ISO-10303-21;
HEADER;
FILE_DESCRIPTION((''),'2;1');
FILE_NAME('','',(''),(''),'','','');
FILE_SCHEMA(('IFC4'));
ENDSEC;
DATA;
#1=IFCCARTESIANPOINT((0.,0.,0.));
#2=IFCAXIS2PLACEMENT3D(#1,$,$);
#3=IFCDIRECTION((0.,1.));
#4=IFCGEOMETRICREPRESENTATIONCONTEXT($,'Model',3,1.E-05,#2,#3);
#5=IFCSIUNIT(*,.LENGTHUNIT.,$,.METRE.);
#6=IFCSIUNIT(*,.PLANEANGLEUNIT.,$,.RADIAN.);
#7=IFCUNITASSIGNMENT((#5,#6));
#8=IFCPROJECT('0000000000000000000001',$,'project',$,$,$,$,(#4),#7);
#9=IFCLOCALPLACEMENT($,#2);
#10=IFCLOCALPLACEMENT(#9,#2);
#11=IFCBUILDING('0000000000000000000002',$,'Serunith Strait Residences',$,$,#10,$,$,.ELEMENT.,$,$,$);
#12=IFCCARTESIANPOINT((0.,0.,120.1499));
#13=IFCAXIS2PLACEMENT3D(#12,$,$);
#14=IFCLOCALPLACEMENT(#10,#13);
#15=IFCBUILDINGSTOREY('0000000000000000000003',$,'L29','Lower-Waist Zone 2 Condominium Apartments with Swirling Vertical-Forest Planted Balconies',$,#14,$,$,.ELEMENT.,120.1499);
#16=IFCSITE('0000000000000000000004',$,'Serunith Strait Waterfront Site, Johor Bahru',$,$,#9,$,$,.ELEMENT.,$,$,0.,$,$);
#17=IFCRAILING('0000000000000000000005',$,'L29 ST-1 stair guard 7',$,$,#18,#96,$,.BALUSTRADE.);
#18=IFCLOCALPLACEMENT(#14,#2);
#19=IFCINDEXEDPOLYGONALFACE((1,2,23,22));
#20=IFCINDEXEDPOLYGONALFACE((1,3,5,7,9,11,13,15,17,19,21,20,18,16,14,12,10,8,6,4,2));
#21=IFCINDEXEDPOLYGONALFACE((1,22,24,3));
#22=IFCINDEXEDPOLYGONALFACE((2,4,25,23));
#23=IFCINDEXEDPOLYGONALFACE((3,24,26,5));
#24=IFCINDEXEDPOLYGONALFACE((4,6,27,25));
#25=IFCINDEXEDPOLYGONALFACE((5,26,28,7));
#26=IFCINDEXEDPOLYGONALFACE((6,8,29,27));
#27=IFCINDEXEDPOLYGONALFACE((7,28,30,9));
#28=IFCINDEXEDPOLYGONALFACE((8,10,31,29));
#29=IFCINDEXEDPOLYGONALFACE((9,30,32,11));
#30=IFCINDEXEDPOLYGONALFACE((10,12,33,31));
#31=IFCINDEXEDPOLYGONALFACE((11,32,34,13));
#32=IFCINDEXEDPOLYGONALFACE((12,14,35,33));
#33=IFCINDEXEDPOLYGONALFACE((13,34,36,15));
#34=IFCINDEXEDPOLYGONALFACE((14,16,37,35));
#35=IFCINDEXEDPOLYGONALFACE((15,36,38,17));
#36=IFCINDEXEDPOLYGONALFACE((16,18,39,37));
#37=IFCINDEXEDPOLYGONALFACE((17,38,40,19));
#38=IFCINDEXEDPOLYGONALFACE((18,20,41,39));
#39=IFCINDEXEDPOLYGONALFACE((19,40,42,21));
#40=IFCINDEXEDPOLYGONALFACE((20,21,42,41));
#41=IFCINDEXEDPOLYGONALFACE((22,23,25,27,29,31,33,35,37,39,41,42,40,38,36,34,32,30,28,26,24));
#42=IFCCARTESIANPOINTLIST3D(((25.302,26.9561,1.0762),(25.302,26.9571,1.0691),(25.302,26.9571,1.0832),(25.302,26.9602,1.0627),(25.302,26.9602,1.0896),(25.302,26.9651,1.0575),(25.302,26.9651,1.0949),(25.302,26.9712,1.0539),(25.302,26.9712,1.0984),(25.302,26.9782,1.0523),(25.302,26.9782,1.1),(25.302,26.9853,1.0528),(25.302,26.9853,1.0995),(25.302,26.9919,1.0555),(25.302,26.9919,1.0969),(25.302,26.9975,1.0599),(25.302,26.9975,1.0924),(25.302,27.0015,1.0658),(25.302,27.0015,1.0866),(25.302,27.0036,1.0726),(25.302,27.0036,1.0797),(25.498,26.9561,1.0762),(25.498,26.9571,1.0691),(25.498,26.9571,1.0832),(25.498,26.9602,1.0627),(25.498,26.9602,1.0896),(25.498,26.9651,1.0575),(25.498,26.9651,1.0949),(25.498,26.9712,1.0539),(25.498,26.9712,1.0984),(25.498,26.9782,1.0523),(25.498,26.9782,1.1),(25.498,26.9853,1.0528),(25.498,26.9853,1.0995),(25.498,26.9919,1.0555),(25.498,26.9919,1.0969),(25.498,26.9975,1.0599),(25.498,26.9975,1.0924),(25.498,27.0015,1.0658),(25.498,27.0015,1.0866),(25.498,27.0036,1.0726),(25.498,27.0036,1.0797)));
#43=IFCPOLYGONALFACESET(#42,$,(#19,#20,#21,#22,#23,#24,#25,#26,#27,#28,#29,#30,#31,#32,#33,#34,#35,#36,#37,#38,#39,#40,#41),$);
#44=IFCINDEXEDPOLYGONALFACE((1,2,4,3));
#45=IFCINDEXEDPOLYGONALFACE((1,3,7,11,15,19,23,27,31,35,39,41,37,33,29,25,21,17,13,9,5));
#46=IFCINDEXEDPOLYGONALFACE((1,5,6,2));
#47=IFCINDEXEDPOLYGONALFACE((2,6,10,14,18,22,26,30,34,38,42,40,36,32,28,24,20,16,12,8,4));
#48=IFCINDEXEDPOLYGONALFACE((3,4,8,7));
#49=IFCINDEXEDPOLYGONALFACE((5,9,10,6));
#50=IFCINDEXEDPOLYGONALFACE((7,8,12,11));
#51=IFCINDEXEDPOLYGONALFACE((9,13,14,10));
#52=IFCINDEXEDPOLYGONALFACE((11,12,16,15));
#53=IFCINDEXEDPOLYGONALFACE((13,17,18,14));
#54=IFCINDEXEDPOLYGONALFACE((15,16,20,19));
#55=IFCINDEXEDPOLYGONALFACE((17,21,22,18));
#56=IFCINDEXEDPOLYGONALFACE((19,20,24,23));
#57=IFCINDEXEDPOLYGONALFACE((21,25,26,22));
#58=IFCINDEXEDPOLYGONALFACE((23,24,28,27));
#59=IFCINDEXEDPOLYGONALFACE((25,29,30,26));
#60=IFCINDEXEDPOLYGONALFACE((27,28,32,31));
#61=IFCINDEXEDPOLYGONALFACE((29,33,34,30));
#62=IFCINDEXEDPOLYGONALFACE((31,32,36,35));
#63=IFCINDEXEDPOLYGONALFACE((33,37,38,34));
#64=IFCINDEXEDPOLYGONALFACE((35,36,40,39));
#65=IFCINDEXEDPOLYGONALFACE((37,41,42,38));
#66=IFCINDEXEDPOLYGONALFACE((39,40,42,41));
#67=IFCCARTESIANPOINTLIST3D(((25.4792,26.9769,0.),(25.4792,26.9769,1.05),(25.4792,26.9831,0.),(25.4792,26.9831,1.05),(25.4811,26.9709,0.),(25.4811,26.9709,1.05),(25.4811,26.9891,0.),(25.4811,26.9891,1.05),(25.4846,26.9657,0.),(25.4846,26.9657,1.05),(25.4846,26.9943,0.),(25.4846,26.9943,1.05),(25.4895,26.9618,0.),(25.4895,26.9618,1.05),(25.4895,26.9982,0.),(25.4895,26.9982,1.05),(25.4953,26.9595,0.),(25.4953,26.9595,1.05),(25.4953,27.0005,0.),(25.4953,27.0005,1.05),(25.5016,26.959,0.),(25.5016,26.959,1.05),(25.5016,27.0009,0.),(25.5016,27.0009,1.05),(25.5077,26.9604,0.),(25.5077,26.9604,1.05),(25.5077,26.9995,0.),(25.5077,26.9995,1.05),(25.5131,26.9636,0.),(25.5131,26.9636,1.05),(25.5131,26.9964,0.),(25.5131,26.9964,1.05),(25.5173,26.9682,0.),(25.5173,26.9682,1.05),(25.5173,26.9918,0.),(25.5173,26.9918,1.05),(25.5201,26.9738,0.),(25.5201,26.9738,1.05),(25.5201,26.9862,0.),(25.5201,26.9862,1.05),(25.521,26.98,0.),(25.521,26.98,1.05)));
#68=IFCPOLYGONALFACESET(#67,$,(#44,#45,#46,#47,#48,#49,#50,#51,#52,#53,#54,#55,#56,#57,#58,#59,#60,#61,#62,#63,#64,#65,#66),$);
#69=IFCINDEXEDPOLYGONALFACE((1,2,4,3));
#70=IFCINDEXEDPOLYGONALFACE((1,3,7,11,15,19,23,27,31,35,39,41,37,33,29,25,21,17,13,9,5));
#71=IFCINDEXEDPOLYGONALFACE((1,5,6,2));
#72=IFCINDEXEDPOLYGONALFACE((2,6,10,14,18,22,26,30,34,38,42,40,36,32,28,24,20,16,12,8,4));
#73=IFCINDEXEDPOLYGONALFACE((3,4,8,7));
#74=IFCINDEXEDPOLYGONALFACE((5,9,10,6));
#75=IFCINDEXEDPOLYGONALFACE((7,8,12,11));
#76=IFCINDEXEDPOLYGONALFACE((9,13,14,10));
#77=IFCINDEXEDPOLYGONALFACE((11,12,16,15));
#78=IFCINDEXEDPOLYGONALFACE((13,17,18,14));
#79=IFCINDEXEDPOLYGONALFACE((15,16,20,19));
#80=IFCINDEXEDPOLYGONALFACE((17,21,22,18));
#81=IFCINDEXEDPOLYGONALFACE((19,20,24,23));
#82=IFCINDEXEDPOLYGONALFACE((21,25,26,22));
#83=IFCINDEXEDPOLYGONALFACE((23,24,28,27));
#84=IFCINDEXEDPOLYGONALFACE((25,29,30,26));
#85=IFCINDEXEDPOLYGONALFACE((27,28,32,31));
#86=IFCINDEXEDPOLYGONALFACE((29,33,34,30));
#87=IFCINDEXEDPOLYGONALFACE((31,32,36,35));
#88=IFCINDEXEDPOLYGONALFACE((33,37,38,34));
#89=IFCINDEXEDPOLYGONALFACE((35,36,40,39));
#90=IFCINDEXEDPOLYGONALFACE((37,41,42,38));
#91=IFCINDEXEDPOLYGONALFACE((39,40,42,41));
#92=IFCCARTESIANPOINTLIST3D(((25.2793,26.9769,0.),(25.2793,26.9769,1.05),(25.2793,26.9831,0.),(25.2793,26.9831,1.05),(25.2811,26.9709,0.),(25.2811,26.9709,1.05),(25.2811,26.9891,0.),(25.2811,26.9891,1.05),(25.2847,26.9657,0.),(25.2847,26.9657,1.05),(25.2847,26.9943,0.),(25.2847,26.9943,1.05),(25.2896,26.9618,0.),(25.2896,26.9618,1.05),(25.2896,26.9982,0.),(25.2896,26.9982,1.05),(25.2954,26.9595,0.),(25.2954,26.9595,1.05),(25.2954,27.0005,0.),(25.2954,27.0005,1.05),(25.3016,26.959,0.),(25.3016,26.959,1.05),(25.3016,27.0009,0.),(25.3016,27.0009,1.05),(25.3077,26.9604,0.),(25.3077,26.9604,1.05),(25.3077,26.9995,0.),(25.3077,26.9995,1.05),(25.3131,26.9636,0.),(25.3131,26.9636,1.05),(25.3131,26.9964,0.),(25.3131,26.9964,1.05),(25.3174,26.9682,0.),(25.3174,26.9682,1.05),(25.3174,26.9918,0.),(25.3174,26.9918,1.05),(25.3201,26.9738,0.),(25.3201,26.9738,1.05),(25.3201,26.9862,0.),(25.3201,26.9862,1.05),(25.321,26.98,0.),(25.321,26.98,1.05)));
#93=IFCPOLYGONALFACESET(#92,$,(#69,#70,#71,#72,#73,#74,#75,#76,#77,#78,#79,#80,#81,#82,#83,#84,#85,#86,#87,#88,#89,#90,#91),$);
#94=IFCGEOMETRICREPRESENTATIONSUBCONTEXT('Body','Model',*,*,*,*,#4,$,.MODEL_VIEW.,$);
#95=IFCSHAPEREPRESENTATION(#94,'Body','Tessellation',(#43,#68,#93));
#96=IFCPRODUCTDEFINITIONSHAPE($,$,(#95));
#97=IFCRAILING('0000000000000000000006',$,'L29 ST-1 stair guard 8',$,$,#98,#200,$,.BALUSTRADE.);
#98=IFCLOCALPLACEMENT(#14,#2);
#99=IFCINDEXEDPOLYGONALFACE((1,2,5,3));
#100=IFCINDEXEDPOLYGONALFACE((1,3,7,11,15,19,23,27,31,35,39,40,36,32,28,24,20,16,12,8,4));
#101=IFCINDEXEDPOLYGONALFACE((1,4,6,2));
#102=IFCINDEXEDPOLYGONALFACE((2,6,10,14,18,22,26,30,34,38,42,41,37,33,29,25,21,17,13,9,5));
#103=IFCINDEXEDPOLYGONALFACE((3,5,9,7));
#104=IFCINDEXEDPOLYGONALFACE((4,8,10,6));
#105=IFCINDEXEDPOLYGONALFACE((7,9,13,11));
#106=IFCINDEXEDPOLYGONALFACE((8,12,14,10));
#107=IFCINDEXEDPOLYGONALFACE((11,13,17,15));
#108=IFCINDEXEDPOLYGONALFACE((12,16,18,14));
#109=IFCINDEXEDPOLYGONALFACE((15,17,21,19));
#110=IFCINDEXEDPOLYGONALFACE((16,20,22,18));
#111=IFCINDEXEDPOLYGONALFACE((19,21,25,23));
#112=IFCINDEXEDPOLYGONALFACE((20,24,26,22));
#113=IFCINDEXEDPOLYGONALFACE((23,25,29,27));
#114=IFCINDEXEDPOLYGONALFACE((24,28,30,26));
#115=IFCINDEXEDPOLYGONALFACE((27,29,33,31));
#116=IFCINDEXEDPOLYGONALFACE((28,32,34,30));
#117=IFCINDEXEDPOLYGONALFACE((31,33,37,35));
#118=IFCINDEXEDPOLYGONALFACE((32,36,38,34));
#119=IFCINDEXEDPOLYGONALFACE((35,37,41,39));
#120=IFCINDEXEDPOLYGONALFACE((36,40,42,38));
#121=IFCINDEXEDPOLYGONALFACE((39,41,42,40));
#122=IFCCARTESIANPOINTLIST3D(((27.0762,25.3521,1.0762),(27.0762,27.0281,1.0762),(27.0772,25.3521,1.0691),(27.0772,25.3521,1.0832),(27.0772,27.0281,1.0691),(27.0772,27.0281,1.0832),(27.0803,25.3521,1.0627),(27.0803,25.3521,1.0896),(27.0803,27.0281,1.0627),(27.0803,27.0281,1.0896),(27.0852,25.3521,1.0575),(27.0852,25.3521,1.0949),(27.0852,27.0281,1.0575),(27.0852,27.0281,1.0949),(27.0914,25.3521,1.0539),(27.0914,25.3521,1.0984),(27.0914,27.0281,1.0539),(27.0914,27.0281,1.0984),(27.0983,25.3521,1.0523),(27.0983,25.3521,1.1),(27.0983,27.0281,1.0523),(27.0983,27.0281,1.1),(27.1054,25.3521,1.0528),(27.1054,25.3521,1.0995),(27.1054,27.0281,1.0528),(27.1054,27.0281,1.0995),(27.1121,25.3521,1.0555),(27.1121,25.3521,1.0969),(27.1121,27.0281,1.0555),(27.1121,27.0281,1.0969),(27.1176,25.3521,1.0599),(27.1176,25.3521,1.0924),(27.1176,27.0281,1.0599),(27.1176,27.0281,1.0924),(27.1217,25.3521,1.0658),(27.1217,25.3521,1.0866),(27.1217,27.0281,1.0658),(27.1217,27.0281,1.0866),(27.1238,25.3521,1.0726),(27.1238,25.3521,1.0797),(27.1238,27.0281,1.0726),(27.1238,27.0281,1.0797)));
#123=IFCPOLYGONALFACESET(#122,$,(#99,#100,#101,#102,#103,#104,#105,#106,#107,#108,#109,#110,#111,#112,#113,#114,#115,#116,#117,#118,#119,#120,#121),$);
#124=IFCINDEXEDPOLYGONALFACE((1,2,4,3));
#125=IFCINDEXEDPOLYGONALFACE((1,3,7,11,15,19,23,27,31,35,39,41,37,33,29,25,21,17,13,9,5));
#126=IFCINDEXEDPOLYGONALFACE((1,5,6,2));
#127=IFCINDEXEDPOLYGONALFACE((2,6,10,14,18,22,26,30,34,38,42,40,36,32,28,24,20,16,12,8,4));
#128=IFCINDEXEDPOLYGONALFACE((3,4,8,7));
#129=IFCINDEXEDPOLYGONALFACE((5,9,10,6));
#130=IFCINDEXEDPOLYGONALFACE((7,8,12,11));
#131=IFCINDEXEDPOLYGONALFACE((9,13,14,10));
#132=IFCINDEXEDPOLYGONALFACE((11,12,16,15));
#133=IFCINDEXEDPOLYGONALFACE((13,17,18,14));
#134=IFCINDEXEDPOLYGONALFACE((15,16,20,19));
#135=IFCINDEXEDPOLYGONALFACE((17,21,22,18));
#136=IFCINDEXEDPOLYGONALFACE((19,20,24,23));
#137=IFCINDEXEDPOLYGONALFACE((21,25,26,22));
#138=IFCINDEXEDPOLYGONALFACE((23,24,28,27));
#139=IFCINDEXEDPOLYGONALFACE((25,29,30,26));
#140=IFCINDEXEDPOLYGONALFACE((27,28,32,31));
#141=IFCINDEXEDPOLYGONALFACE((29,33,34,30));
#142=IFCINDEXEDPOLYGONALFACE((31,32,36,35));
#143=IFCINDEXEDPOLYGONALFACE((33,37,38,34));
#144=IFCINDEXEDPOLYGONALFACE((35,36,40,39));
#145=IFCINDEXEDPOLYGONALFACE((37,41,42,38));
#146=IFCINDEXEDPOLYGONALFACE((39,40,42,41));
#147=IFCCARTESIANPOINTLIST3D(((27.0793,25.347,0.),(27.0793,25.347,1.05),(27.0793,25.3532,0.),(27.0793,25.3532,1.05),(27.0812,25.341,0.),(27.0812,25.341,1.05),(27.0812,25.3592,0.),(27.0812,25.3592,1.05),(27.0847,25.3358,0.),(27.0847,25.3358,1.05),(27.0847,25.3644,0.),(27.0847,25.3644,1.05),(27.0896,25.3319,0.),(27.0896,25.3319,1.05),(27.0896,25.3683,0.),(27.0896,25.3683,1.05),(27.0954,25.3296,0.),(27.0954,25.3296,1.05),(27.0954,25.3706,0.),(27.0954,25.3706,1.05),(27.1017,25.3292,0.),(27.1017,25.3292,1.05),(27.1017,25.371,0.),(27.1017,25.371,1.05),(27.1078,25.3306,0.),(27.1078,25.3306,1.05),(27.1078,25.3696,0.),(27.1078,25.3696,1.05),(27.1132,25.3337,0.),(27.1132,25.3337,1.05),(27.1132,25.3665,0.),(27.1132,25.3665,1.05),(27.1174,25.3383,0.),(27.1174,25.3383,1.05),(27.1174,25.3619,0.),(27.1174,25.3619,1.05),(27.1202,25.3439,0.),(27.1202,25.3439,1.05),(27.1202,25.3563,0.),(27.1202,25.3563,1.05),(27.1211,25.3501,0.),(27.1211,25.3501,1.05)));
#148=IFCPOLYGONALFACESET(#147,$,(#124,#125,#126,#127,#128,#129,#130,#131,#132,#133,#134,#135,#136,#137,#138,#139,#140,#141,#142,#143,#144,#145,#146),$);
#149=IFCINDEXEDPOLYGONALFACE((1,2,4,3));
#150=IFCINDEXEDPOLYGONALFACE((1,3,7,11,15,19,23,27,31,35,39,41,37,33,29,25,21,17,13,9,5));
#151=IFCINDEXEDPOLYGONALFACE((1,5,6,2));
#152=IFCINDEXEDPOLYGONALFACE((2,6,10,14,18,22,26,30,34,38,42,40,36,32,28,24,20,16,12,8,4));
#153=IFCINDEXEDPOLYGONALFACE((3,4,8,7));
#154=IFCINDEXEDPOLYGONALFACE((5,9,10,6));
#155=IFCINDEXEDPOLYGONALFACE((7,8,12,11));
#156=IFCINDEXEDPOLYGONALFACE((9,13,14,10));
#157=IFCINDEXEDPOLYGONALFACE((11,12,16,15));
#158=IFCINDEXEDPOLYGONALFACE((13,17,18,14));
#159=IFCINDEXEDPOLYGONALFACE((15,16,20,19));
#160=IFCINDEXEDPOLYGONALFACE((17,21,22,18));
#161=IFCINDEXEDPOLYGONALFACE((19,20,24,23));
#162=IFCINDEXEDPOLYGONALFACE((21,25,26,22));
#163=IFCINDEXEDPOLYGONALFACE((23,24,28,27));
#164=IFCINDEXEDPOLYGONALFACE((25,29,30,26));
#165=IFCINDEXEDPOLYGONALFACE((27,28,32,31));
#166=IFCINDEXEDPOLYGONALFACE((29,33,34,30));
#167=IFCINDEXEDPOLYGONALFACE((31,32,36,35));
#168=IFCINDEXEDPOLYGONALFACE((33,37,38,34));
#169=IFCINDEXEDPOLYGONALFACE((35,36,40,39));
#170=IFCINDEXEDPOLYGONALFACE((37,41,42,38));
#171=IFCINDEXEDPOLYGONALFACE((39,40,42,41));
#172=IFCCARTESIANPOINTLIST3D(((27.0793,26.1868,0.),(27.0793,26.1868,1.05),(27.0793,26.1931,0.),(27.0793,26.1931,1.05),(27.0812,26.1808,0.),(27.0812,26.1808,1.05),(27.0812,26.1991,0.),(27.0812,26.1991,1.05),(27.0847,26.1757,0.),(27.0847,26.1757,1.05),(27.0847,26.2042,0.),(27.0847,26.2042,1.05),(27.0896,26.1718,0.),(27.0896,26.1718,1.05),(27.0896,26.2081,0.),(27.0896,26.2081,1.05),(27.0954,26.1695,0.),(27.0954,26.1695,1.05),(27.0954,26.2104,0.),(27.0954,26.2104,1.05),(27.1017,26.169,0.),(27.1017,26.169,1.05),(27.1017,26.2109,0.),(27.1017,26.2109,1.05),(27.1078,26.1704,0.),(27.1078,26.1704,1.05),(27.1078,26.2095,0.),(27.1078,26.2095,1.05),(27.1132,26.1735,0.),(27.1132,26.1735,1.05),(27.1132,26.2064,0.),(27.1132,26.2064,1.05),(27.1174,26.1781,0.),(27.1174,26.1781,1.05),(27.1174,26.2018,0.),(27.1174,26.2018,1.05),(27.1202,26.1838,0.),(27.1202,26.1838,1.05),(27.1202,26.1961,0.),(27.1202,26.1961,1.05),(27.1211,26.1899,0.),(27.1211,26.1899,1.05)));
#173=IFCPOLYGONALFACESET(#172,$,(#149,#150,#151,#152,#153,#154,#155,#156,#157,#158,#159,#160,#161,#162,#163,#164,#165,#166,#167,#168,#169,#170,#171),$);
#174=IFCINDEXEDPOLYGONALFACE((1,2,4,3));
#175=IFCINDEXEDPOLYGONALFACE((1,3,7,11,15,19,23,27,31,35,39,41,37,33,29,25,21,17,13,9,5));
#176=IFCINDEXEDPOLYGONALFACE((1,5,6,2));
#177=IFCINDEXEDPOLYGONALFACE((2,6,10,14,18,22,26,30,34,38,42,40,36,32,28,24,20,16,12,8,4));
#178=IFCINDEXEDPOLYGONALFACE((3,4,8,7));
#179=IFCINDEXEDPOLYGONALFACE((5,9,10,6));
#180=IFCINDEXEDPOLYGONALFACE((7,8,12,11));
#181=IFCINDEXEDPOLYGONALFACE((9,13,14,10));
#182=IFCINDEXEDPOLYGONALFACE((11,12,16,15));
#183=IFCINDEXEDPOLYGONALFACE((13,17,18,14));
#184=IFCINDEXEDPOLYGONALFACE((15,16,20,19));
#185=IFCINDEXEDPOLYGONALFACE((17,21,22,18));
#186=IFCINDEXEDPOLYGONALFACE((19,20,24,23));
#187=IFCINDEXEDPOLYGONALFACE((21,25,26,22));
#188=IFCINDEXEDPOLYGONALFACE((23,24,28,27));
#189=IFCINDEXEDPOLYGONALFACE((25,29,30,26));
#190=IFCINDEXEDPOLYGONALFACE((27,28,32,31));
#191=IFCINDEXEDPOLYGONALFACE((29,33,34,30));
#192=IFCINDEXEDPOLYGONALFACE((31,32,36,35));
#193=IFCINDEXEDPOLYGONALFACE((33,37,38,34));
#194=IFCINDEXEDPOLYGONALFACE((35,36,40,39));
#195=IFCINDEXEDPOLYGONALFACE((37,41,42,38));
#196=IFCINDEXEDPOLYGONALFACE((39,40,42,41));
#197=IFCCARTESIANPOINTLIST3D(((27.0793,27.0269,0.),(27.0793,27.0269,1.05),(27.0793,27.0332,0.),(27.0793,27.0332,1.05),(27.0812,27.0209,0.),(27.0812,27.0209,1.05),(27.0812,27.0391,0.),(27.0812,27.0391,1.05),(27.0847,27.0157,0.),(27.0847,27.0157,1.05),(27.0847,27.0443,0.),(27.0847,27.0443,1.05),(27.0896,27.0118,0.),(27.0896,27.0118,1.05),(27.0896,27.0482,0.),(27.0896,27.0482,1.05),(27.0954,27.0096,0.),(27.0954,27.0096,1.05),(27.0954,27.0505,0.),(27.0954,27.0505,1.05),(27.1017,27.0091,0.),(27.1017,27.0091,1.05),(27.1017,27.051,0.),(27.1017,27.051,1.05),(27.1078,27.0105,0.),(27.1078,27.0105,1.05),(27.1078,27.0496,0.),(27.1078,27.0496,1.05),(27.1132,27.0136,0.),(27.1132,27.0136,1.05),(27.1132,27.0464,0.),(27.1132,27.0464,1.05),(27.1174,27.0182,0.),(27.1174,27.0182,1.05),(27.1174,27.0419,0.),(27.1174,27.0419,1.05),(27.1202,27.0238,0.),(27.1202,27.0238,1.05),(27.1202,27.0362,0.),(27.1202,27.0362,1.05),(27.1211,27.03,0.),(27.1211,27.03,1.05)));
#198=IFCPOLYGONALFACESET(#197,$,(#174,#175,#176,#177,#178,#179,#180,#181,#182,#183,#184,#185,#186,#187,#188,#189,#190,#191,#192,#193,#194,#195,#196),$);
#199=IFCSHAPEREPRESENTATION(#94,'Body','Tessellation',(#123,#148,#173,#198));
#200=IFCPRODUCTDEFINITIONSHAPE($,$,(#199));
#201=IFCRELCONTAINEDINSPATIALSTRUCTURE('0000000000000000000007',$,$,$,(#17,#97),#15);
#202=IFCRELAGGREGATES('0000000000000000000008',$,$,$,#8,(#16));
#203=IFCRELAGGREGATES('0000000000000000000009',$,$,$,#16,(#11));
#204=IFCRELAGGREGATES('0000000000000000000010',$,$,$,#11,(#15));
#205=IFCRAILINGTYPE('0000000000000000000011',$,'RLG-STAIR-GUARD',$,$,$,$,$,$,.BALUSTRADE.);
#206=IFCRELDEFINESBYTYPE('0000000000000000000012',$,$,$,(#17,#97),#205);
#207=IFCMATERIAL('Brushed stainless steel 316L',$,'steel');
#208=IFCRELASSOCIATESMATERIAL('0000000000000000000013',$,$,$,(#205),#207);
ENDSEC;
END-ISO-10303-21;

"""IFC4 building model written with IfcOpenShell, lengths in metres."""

from ifc_helpers import new_model, si_unit, direction, frame, origin, origin_2d, place, context, subcontext, project, spatial, circle, extrude, material, type_object, element, save


model = new_model("IFC4")

# Units and contexts
model_context = context("Model", 3, precision=1e-05, world=origin(), true_north=direction((0.0, 1.0)))
body_context = subcontext(model_context, "Body", "Model", "MODEL_VIEW")
ifc_project = project(units=[si_unit("LENGTHUNIT", "METRE"), si_unit("PLANEANGLEUNIT", "RADIAN")], contexts=[model_context])

# Site, building, storey
site_placement = place(None, origin())
site = spatial("IfcSite", under=ifc_project, at=site_placement, Name="Serunith Strait Waterfront Site, Johor Bahru", CompositionType="ELEMENT", RefElevation=0.0)
building_placement = place(site_placement, origin())
building = spatial("IfcBuilding", under=site, at=building_placement, Name="Serunith Strait Residences", CompositionType="ELEMENT")
storey_placement = place(building_placement, frame((0.0, 0.0, 120.1499)))
storey = spatial("IfcBuildingStorey", under=building, at=storey_placement, Name="L29", Description="Lower-Waist Zone 2 Condominium Apartments with Swirling Vertical-Forest Planted Balconies", CompositionType="ELEMENT", Elevation=120.1499)

# Railings
ifc_material_1 = material(Name="Brushed stainless steel 316L", Category="steel")
railing_type_1 = type_object("IfcRailingType", Name="RLG-STAIR-GUARD", PredefinedType="BALUSTRADE", material=ifc_material_1)
railing_1_placement = place(storey_placement, frame((25.5, 26.98, 0.0)))
element("IfcRailing", 1, at=railing_1_placement, inside=storey, type_object=railing_type_1, Name="L29 ST-1 stair guard 7", PredefinedType="BALUSTRADE", context=body_context, shape_type="SweptSolid", body=[
    extrude(circle(Radius=0.0239, at=origin_2d()), frame((-0.002, 0.0, 1.0762), z_axis=(-1.0, 0.0, 0.0), x_axis=(0.0, -1.0, 0.0)), (0.0, 0.0, 1.0), 0.196),
    extrude(circle(Radius=0.021, at=origin_2d()), origin(), (0.0, 0.0, 1.0), 1.05),
    extrude(circle(Radius=0.021, at=origin_2d()), frame((-0.2, 0.0, 0.0)), (0.0, 0.0, 1.0), 1.05),
])
for number, where, name in (
    (2, (27.1001, 25.3501, 0.0), "L29 ST-1 stair guard 8"),
):
    element("IfcRailing", number, at=place(storey_placement, frame(where)), inside=storey, type_object=railing_type_1, Name=name, PredefinedType="BALUSTRADE", context=body_context, shape_type="SweptSolid", body=[
        extrude(circle(Radius=0.0239, at=origin_2d()), frame((0.0, 0.002, 1.0762), z_axis=(0.0, 1.0, 0.0), x_axis=(-1.0, 0.0, 0.0)), (0.0, 0.0, 1.0), 1.676),
        extrude(circle(Radius=0.021, at=origin_2d()), origin(), (0.0, 0.0, 1.0), 1.05),
        extrude(circle(Radius=0.021, at=origin_2d()), frame((0.0, 0.8398, 0.0)), (0.0, 0.0, 1.0), 1.05),
        extrude(circle(Radius=0.021, at=origin_2d()), frame((0.0, 1.6799, 0.0)), (0.0, 0.0, 1.0), 1.05),
    ])

save(model, "model.ifc")
